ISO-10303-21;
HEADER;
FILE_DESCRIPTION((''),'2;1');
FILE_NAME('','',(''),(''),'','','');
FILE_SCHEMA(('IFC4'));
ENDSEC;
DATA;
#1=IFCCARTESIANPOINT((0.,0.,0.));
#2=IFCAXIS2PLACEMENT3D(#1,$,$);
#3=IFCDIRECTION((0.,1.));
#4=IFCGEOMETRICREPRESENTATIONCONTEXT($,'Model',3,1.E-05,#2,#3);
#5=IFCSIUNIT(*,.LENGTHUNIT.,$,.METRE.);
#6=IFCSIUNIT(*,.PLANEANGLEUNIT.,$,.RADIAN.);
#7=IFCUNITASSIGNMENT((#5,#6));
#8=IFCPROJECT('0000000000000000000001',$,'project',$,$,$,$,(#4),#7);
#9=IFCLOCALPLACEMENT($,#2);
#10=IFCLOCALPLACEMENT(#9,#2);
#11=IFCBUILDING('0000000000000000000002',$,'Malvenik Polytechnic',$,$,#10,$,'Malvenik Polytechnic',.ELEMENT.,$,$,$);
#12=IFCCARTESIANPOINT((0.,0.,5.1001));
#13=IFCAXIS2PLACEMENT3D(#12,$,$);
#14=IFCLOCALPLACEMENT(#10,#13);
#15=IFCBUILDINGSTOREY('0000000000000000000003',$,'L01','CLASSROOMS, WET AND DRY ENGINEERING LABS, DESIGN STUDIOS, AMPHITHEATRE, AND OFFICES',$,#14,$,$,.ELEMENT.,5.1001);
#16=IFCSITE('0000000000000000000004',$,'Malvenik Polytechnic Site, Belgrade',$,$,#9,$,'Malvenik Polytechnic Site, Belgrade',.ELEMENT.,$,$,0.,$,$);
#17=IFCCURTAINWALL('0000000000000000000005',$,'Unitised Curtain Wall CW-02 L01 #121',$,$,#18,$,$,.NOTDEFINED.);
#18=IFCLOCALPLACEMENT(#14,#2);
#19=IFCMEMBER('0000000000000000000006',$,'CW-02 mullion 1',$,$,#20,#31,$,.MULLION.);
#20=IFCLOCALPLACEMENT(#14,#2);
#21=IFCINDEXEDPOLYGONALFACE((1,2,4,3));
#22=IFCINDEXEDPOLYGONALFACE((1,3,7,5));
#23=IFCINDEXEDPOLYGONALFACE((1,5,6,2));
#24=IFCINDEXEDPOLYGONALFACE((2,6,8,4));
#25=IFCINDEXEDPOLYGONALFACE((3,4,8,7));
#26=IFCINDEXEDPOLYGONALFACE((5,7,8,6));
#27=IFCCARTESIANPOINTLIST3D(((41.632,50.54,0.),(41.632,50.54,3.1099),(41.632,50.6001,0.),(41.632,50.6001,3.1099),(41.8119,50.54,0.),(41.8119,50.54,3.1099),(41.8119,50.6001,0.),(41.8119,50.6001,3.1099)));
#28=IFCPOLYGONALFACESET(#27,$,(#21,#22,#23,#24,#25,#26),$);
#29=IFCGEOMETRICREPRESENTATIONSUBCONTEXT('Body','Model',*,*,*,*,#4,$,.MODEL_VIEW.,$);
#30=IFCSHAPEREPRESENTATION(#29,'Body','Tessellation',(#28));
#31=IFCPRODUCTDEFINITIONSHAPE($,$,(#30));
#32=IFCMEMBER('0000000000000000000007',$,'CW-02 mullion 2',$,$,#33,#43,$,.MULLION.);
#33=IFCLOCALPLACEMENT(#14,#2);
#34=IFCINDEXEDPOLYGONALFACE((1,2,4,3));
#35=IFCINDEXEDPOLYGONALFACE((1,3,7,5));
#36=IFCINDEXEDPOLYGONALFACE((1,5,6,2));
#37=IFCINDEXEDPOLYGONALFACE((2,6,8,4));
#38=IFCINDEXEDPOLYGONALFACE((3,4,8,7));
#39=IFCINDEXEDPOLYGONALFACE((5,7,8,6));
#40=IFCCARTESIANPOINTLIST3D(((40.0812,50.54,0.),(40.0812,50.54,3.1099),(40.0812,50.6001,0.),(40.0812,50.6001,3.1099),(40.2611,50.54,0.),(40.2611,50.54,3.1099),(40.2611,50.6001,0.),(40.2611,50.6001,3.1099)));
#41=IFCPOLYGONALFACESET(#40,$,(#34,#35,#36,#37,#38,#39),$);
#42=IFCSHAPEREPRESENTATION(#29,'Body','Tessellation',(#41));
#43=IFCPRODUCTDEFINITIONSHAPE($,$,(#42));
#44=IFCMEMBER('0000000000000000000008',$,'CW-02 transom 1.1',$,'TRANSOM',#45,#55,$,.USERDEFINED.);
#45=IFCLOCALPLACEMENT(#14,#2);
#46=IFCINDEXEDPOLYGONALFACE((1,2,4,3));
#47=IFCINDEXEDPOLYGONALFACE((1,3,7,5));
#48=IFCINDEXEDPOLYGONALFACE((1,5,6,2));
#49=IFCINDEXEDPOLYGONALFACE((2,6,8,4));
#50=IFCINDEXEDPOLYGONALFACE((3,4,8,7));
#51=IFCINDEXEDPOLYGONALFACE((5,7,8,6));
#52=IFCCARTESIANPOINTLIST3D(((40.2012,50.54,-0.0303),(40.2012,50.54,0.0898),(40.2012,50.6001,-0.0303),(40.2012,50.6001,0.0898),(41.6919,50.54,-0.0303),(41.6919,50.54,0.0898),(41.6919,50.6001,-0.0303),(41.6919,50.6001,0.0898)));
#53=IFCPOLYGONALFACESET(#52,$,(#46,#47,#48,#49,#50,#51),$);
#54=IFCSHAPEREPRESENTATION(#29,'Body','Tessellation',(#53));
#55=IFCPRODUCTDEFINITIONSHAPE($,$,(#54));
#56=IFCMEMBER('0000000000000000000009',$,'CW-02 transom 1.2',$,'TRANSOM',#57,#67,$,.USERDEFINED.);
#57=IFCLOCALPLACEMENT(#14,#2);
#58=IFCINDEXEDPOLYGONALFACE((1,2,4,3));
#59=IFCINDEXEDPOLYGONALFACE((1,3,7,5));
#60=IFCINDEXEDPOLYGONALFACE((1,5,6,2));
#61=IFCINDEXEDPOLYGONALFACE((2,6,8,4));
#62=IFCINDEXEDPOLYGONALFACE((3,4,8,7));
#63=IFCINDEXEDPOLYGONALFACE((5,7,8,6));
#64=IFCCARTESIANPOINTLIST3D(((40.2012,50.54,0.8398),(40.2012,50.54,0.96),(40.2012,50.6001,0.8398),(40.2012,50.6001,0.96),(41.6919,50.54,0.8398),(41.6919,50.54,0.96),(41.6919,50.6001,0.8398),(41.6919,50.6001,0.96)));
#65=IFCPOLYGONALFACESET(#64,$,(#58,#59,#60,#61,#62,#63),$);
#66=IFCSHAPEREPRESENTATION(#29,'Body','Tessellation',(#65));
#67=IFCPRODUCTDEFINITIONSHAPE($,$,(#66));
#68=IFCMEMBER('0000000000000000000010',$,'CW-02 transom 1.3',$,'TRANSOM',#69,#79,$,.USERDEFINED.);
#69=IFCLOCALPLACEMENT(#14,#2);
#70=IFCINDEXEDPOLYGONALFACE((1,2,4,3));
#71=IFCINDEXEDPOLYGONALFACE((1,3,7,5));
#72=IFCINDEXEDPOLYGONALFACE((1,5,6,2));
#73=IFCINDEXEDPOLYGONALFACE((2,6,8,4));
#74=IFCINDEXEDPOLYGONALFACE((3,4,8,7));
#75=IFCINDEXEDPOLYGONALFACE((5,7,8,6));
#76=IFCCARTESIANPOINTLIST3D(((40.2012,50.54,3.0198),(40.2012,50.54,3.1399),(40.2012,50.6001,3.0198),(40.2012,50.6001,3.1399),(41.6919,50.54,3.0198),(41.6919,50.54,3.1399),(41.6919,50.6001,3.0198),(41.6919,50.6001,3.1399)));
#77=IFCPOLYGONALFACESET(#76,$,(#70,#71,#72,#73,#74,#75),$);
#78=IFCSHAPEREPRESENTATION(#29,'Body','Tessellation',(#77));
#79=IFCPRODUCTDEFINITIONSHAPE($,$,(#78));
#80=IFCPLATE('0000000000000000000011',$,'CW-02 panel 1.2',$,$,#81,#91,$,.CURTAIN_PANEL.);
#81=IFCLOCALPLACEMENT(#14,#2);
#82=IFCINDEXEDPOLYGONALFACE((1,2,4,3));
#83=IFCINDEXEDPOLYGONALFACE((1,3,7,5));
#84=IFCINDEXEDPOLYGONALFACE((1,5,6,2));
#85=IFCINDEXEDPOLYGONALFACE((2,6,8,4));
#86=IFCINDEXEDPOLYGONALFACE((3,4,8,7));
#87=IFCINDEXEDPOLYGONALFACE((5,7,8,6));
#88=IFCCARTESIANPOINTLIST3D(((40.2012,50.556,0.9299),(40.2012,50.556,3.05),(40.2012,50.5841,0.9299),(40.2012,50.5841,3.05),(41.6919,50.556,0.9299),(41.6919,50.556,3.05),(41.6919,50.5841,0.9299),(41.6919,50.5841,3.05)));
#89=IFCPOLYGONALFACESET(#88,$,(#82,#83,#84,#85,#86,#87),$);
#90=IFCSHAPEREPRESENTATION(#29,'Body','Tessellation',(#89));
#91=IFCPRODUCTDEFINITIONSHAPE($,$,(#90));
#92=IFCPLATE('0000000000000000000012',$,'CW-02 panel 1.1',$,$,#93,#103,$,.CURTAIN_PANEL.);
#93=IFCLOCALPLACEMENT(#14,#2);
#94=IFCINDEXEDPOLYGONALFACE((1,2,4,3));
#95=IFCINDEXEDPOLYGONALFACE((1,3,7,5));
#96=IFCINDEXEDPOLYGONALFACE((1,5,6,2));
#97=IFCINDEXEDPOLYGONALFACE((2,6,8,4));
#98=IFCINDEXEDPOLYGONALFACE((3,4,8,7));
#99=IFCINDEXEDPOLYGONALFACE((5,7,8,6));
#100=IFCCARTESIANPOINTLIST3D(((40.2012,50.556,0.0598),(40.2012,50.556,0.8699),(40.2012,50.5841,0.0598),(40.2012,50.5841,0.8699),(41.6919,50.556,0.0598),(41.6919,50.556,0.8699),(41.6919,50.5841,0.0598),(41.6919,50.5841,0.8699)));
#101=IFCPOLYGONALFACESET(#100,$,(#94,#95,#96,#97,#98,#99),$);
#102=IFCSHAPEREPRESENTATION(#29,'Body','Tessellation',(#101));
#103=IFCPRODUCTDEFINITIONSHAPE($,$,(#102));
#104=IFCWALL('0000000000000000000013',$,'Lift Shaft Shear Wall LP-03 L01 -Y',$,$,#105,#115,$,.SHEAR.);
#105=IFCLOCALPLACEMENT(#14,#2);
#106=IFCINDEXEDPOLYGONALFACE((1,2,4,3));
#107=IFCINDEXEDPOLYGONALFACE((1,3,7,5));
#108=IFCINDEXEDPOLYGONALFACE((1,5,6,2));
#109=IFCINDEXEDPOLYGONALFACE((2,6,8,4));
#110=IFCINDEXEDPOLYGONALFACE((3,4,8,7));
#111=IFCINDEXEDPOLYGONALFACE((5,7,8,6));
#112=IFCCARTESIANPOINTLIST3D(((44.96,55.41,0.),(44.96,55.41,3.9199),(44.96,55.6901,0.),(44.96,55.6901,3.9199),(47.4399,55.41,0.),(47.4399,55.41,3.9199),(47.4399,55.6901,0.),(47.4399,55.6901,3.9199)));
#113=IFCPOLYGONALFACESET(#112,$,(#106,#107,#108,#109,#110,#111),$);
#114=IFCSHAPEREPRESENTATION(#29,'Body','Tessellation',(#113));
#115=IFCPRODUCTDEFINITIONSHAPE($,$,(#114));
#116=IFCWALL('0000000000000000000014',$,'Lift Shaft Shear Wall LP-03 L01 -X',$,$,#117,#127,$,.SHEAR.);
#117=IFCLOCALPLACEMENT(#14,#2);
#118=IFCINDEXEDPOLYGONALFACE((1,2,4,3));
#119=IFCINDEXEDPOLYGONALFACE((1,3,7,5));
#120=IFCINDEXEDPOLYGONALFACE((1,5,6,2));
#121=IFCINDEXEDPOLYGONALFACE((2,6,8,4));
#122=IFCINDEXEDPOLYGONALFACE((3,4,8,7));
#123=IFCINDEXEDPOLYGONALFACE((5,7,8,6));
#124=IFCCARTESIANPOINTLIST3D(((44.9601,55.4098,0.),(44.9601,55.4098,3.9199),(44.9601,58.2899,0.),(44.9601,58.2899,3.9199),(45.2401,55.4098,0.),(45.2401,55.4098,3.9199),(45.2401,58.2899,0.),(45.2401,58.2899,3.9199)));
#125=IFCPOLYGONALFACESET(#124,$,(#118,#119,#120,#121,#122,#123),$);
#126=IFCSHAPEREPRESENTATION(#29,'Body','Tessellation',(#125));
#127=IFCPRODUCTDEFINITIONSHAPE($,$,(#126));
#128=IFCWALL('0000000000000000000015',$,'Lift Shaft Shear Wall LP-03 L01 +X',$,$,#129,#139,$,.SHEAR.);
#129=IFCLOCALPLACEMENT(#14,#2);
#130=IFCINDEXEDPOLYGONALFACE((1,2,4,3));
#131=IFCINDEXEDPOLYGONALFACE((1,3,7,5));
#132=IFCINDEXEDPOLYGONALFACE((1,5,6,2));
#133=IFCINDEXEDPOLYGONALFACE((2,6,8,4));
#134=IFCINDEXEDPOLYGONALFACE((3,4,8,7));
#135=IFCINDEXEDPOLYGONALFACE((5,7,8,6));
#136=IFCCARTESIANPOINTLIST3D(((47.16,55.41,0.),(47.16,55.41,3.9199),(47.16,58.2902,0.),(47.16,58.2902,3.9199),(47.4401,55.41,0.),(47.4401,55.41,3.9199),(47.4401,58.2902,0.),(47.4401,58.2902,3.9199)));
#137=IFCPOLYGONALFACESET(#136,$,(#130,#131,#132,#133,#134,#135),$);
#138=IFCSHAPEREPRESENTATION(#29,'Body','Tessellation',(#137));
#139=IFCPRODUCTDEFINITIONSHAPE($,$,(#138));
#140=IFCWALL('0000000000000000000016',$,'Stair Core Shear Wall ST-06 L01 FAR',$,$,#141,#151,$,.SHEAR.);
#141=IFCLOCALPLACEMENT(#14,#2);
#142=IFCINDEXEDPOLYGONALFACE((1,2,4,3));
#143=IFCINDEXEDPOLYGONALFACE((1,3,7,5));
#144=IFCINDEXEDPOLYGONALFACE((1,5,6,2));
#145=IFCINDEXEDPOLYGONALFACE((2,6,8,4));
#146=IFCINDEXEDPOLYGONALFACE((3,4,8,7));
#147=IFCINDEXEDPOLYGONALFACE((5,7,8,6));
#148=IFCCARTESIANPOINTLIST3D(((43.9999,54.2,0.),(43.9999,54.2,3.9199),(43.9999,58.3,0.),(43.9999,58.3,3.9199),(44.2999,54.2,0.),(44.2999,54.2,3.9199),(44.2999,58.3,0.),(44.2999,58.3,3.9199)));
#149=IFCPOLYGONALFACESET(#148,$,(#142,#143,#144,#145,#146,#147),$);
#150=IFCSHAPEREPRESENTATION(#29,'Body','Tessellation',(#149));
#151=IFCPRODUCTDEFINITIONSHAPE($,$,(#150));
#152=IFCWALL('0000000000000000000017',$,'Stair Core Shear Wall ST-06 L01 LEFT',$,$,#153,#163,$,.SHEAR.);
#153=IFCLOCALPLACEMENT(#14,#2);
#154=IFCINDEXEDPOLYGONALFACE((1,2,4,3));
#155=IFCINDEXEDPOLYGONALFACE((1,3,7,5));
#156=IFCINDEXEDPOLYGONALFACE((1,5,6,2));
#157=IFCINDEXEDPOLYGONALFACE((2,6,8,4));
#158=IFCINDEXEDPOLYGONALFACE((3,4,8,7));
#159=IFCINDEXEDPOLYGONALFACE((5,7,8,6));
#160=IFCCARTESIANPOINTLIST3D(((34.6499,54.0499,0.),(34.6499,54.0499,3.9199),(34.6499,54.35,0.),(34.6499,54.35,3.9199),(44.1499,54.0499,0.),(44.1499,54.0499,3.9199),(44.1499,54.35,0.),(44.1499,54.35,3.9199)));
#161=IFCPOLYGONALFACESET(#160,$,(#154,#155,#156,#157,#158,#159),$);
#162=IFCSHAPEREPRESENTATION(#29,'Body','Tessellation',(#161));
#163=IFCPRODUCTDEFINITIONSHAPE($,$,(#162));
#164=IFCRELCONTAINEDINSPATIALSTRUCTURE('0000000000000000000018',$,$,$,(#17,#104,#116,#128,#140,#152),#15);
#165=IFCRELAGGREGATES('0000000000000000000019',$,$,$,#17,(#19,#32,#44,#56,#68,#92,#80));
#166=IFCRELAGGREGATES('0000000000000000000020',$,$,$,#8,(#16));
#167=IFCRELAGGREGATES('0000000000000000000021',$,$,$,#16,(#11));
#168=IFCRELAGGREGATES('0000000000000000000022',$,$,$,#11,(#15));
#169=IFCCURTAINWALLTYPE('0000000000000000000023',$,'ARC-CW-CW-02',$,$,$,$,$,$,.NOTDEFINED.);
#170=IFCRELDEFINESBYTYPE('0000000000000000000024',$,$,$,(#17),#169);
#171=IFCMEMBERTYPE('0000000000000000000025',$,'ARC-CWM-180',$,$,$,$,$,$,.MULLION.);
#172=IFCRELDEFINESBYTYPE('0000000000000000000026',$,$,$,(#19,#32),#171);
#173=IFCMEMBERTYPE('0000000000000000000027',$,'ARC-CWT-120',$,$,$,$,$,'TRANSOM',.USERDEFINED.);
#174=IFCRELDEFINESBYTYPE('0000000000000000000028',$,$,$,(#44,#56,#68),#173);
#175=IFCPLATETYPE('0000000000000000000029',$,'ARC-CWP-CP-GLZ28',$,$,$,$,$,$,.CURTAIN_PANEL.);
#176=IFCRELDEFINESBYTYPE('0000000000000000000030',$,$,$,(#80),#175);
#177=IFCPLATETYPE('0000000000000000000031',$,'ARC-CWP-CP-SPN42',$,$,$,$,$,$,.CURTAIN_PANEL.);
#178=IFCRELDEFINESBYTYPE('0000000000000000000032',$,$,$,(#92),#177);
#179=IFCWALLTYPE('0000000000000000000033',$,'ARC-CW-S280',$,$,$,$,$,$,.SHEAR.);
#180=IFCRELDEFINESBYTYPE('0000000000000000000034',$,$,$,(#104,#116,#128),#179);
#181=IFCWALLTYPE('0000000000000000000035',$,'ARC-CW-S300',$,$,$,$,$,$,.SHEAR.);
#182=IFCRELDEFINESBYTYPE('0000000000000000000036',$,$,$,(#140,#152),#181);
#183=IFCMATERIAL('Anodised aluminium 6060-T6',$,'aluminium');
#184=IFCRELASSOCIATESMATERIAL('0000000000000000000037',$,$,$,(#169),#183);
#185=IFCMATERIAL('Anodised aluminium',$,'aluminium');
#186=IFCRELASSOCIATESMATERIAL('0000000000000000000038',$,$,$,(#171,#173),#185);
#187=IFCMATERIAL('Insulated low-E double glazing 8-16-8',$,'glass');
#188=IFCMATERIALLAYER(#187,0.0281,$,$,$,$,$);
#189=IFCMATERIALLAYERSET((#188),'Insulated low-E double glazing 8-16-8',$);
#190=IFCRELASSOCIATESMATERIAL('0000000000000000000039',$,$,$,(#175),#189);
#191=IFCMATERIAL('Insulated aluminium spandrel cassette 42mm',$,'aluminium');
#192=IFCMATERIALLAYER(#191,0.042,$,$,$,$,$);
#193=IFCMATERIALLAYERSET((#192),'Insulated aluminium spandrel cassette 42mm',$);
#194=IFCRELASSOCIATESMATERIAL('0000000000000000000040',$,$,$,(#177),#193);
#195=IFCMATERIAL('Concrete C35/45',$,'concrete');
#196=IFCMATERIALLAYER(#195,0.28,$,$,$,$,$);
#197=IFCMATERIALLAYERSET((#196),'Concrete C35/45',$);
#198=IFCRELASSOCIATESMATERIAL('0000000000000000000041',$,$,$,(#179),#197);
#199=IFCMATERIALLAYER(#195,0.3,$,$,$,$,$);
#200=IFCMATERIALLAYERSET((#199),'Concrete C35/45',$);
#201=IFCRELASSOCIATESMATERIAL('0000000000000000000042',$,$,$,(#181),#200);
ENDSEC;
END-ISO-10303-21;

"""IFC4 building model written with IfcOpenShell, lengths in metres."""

from ifc_helpers import new_model, si_unit, direction, frame, frame_2d, origin, origin_2d, place, context, subcontext, project, spatial, rectangle, extrude, material, layer, layer_set, material_profile, profile_set, type_object, element, aggregate, save


model = new_model("IFC4")

# Units and contexts
model_context = context("Model", 3, precision=1e-05, world=origin(), true_north=direction((0.0, 1.0)))
body_context = subcontext(model_context, "Body", "Model", "MODEL_VIEW")
ifc_project = project(units=[si_unit("LENGTHUNIT", "METRE"), si_unit("PLANEANGLEUNIT", "RADIAN")], contexts=[model_context])

# Site, building, storey
site_placement = place(None, origin())
site = spatial("IfcSite", under=ifc_project, at=site_placement, Name="Malvenik Polytechnic Site, Belgrade", LongName="Malvenik Polytechnic Site, Belgrade", CompositionType="ELEMENT", RefElevation=0.0)
building_placement = place(site_placement, origin())
building = spatial("IfcBuilding", under=site, at=building_placement, Name="Malvenik Polytechnic", LongName="Malvenik Polytechnic", CompositionType="ELEMENT")
storey_placement = place(building_placement, frame((0.0, 0.0, 5.1001)))
storey = spatial("IfcBuildingStorey", under=building, at=storey_placement, Name="L01", Description="CLASSROOMS, WET AND DRY ENGINEERING LABS, DESIGN STUDIOS, AMPHITHEATRE, AND OFFICES", CompositionType="ELEMENT", Elevation=5.1001)

# Curtain wall, members, plates
ifc_material_1 = material(Name="Anodised aluminium 6060-T6", Category="aluminium")
curtain_wall_type = type_object("IfcCurtainWallType", Name="ARC-CW-CW-02", PredefinedType="NOTDEFINED", material=ifc_material_1)
curtain_wall_placement = place(storey_placement, origin())
curtain_wall = element("IfcCurtainWall", 1, at=curtain_wall_placement, inside=storey, type_object=curtain_wall_type, Name="Unitised Curtain Wall CW-02 L01 #121", PredefinedType="NOTDEFINED")
ifc_material_2 = material(Name="Anodised aluminium", Category="aluminium")
ifc_material_profile_1 = material_profile(ifc_material_2, rectangle(XDim=0.0601, YDim=0.1799, at=origin_2d()), Name="ALU MULLION 60x180")
ifc_profile_set_1 = profile_set([ifc_material_profile_1], Name="Anodised aluminium")
member_type_1 = type_object("IfcMemberType", Name="ARC-CWM-180", PredefinedType="MULLION", material=ifc_profile_set_1)
member_1_placement = place(storey_placement, frame((41.7219, 50.5701, 0.0), z_axis=(0.0, 0.0, 1.0), x_axis=(0.0, -1.0, 0.0)))
member_1 = element("IfcMember", 2, at=member_1_placement, type_object=member_type_1, Name="CW-02 mullion 1", PredefinedType="MULLION", context=body_context, shape_type="SweptSolid", body=[
    extrude(rectangle(XDim=0.0601, YDim=0.1799, at=origin_2d()), origin(), (0.0, 0.0, 1.0), 3.1099),
])
member_2_placement = place(storey_placement, frame((40.1711, 50.5701, 0.0), z_axis=(0.0, 0.0, 1.0), x_axis=(0.0, -1.0, 0.0)))
member_2 = element("IfcMember", 3, at=member_2_placement, type_object=member_type_1, Name="CW-02 mullion 2", PredefinedType="MULLION", context=body_context, shape_type="SweptSolid", body=[
    extrude(rectangle(XDim=0.0601, YDim=0.1799, at=origin_2d()), origin(), (0.0, 0.0, 1.0), 3.1099),
])
ifc_material_profile_2 = material_profile(ifc_material_2, rectangle(XDim=0.0601, YDim=0.1201, at=origin_2d()), Name="ALU TRANSOM 60x120")
ifc_profile_set_2 = profile_set([ifc_material_profile_2], Name="Anodised aluminium")
member_type_2 = type_object("IfcMemberType", Name="ARC-CWT-120", ElementType="TRANSOM", PredefinedType="USERDEFINED", material=ifc_profile_set_2)
member_3_placement = place(storey_placement, frame((41.6919, 50.5701, 0.0298), z_axis=(-1.0, 0.0, 0.0), x_axis=(0.0, -1.0, 0.0)))
member_3 = element("IfcMember", 4, at=member_3_placement, type_object=member_type_2, Name="CW-02 transom 1.1", ObjectType="TRANSOM", PredefinedType="USERDEFINED", context=body_context, shape_type="SweptSolid", body=[
    extrude(rectangle(XDim=0.0601, YDim=0.1201, at=origin_2d()), origin(), (0.0, 0.0, 1.0), 1.4907),
])
member_4_placement = place(storey_placement, frame((41.6919, 50.5701, 0.8999), z_axis=(-1.0, 0.0, 0.0), x_axis=(0.0, -1.0, 0.0)))
member_4 = element("IfcMember", 5, at=member_4_placement, type_object=member_type_2, Name="CW-02 transom 1.2", ObjectType="TRANSOM", PredefinedType="USERDEFINED", context=body_context, shape_type="SweptSolid", body=[
    extrude(rectangle(XDim=0.0601, YDim=0.1201, at=origin_2d()), origin(), (0.0, 0.0, 1.0), 1.4907),
])
member_5_placement = place(storey_placement, frame((41.6919, 50.5701, 3.0798), z_axis=(-1.0, 0.0, 0.0), x_axis=(0.0, -1.0, 0.0)))
member_5 = element("IfcMember", 6, at=member_5_placement, type_object=member_type_2, Name="CW-02 transom 1.3", ObjectType="TRANSOM", PredefinedType="USERDEFINED", context=body_context, shape_type="SweptSolid", body=[
    extrude(rectangle(XDim=0.0601, YDim=0.1201, at=origin_2d()), origin(), (0.0, 0.0, 1.0), 1.4907),
])
ifc_material_3 = material(Name="Insulated low-E double glazing 8-16-8", Category="glass")
ifc_layer_1 = layer(ifc_material_3, 0.0281)
ifc_layer_set_1 = layer_set([ifc_layer_1], Name="Insulated low-E double glazing 8-16-8")
plate_type_1 = type_object("IfcPlateType", Name="ARC-CWP-CP-GLZ28", PredefinedType="CURTAIN_PANEL", material=ifc_layer_set_1)
plate_1_placement = place(storey_placement, frame((40.9465, 50.5701, 0.9299), z_axis=(0.0, 0.0, 1.0), x_axis=(-1.0, 0.0, 0.0)))
plate_1 = element("IfcPlate", 7, at=plate_1_placement, type_object=plate_type_1, Name="CW-02 panel 1.2", PredefinedType="CURTAIN_PANEL", context=body_context, shape_type="SweptSolid", body=[
    extrude(rectangle(XDim=1.4907, YDim=0.0281, at=origin_2d()), origin(), (0.0, 0.0, 1.0), 2.1201),
])
ifc_material_4 = material(Name="Insulated aluminium spandrel cassette 42mm", Category="aluminium")
ifc_layer_2 = layer(ifc_material_4, 0.042)
ifc_layer_set_2 = layer_set([ifc_layer_2], Name="Insulated aluminium spandrel cassette 42mm")
plate_type_2 = type_object("IfcPlateType", Name="ARC-CWP-CP-SPN42", PredefinedType="CURTAIN_PANEL", material=ifc_layer_set_2)
plate_2_placement = place(storey_placement, frame((40.9465, 50.5701, 0.0598), z_axis=(0.0, 0.0, 1.0), x_axis=(-1.0, 0.0, 0.0)))
plate_2 = element("IfcPlate", 8, at=plate_2_placement, type_object=plate_type_2, Name="CW-02 panel 1.1", PredefinedType="CURTAIN_PANEL", context=body_context, shape_type="SweptSolid", body=[
    extrude(rectangle(XDim=1.4907, YDim=0.0281, at=origin_2d()), origin(), (0.0, 0.0, 1.0), 0.8101),
])
aggregate(curtain_wall, [member_1, member_2, member_3, member_4, member_5, plate_2, plate_1])

# Wall
ifc_material_5 = material(Name="Concrete C35/45", Category="concrete")
ifc_layer_3 = layer(ifc_material_5, 0.28)
ifc_layer_set_3 = layer_set([ifc_layer_3], Name="Concrete C35/45")
wall_type_1 = type_object("IfcWallType", Name="ARC-CW-S280", PredefinedType="SHEAR", material=ifc_layer_set_3)
wall_1_placement = place(storey_placement, frame((47.4399, 55.55, 0.0), z_axis=(0.0, 0.0, 1.0), x_axis=(-1.0, 0.0, 0.0)))
element("IfcWall", 9, at=wall_1_placement, inside=storey, type_object=wall_type_1, Name="Lift Shaft Shear Wall LP-03 L01 -Y", PredefinedType="SHEAR", context=body_context, shape_type="SweptSolid", body=[
    extrude(rectangle(XDim=2.48, YDim=0.28, at=frame_2d((1.24, 0.0))), origin(), (0.0, 0.0, 1.0), 3.9199),
])

# Walls
for number, where, z_axis, x_axis, name in (
    (10, (45.1001, 55.4099, 0.0), (0.0, 0.0, 1.0), (0.0, 1.0, 0.0), "Lift Shaft Shear Wall LP-03 L01 -X"),
    (11, (47.3, 58.29, 0.0), (0.0, 0.0, 1.0), (0.0, -1.0, 0.0), "Lift Shaft Shear Wall LP-03 L01 +X"),
):
    element("IfcWall", number, at=place(storey_placement, frame(where, z_axis=z_axis, x_axis=x_axis)), inside=storey, type_object=wall_type_1, Name=name, PredefinedType="SHEAR", context=body_context, shape_type="SweptSolid", body=[
        extrude(rectangle(XDim=2.8801, YDim=0.28, at=frame_2d((1.4399, 0.0))), origin(), (0.0, 0.0, 1.0), 3.9199),
    ])
ifc_layer_4 = layer(ifc_material_5, 0.3)
ifc_layer_set_4 = layer_set([ifc_layer_4], Name="Concrete C35/45")
wall_type_2 = type_object("IfcWallType", Name="ARC-CW-S300", PredefinedType="SHEAR", material=ifc_layer_set_4)
wall_2_placement = place(storey_placement, frame((44.1499, 58.3, 0.0), z_axis=(0.0, 0.0, 1.0), x_axis=(0.0, -1.0, 0.0)))
element("IfcWall", 12, at=wall_2_placement, inside=storey, type_object=wall_type_2, Name="Stair Core Shear Wall ST-06 L01 FAR", PredefinedType="SHEAR", context=body_context, shape_type="SweptSolid", body=[
    extrude(rectangle(XDim=4.1001, YDim=0.3, at=frame_2d((2.05, 0.0))), origin(), (0.0, 0.0, 1.0), 3.9199),
])
wall_3_placement = place(storey_placement, frame((44.1499, 54.2, 0.0), z_axis=(0.0, 0.0, 1.0), x_axis=(-1.0, 0.0, 0.0)))
element("IfcWall", 13, at=wall_3_placement, inside=storey, type_object=wall_type_2, Name="Stair Core Shear Wall ST-06 L01 LEFT", PredefinedType="SHEAR", context=body_context, shape_type="SweptSolid", body=[
    extrude(rectangle(XDim=9.5, YDim=0.3, at=frame_2d((4.75, 0.0))), origin(), (0.0, 0.0, 1.0), 3.9199),
])

save(model, "model.ifc")
